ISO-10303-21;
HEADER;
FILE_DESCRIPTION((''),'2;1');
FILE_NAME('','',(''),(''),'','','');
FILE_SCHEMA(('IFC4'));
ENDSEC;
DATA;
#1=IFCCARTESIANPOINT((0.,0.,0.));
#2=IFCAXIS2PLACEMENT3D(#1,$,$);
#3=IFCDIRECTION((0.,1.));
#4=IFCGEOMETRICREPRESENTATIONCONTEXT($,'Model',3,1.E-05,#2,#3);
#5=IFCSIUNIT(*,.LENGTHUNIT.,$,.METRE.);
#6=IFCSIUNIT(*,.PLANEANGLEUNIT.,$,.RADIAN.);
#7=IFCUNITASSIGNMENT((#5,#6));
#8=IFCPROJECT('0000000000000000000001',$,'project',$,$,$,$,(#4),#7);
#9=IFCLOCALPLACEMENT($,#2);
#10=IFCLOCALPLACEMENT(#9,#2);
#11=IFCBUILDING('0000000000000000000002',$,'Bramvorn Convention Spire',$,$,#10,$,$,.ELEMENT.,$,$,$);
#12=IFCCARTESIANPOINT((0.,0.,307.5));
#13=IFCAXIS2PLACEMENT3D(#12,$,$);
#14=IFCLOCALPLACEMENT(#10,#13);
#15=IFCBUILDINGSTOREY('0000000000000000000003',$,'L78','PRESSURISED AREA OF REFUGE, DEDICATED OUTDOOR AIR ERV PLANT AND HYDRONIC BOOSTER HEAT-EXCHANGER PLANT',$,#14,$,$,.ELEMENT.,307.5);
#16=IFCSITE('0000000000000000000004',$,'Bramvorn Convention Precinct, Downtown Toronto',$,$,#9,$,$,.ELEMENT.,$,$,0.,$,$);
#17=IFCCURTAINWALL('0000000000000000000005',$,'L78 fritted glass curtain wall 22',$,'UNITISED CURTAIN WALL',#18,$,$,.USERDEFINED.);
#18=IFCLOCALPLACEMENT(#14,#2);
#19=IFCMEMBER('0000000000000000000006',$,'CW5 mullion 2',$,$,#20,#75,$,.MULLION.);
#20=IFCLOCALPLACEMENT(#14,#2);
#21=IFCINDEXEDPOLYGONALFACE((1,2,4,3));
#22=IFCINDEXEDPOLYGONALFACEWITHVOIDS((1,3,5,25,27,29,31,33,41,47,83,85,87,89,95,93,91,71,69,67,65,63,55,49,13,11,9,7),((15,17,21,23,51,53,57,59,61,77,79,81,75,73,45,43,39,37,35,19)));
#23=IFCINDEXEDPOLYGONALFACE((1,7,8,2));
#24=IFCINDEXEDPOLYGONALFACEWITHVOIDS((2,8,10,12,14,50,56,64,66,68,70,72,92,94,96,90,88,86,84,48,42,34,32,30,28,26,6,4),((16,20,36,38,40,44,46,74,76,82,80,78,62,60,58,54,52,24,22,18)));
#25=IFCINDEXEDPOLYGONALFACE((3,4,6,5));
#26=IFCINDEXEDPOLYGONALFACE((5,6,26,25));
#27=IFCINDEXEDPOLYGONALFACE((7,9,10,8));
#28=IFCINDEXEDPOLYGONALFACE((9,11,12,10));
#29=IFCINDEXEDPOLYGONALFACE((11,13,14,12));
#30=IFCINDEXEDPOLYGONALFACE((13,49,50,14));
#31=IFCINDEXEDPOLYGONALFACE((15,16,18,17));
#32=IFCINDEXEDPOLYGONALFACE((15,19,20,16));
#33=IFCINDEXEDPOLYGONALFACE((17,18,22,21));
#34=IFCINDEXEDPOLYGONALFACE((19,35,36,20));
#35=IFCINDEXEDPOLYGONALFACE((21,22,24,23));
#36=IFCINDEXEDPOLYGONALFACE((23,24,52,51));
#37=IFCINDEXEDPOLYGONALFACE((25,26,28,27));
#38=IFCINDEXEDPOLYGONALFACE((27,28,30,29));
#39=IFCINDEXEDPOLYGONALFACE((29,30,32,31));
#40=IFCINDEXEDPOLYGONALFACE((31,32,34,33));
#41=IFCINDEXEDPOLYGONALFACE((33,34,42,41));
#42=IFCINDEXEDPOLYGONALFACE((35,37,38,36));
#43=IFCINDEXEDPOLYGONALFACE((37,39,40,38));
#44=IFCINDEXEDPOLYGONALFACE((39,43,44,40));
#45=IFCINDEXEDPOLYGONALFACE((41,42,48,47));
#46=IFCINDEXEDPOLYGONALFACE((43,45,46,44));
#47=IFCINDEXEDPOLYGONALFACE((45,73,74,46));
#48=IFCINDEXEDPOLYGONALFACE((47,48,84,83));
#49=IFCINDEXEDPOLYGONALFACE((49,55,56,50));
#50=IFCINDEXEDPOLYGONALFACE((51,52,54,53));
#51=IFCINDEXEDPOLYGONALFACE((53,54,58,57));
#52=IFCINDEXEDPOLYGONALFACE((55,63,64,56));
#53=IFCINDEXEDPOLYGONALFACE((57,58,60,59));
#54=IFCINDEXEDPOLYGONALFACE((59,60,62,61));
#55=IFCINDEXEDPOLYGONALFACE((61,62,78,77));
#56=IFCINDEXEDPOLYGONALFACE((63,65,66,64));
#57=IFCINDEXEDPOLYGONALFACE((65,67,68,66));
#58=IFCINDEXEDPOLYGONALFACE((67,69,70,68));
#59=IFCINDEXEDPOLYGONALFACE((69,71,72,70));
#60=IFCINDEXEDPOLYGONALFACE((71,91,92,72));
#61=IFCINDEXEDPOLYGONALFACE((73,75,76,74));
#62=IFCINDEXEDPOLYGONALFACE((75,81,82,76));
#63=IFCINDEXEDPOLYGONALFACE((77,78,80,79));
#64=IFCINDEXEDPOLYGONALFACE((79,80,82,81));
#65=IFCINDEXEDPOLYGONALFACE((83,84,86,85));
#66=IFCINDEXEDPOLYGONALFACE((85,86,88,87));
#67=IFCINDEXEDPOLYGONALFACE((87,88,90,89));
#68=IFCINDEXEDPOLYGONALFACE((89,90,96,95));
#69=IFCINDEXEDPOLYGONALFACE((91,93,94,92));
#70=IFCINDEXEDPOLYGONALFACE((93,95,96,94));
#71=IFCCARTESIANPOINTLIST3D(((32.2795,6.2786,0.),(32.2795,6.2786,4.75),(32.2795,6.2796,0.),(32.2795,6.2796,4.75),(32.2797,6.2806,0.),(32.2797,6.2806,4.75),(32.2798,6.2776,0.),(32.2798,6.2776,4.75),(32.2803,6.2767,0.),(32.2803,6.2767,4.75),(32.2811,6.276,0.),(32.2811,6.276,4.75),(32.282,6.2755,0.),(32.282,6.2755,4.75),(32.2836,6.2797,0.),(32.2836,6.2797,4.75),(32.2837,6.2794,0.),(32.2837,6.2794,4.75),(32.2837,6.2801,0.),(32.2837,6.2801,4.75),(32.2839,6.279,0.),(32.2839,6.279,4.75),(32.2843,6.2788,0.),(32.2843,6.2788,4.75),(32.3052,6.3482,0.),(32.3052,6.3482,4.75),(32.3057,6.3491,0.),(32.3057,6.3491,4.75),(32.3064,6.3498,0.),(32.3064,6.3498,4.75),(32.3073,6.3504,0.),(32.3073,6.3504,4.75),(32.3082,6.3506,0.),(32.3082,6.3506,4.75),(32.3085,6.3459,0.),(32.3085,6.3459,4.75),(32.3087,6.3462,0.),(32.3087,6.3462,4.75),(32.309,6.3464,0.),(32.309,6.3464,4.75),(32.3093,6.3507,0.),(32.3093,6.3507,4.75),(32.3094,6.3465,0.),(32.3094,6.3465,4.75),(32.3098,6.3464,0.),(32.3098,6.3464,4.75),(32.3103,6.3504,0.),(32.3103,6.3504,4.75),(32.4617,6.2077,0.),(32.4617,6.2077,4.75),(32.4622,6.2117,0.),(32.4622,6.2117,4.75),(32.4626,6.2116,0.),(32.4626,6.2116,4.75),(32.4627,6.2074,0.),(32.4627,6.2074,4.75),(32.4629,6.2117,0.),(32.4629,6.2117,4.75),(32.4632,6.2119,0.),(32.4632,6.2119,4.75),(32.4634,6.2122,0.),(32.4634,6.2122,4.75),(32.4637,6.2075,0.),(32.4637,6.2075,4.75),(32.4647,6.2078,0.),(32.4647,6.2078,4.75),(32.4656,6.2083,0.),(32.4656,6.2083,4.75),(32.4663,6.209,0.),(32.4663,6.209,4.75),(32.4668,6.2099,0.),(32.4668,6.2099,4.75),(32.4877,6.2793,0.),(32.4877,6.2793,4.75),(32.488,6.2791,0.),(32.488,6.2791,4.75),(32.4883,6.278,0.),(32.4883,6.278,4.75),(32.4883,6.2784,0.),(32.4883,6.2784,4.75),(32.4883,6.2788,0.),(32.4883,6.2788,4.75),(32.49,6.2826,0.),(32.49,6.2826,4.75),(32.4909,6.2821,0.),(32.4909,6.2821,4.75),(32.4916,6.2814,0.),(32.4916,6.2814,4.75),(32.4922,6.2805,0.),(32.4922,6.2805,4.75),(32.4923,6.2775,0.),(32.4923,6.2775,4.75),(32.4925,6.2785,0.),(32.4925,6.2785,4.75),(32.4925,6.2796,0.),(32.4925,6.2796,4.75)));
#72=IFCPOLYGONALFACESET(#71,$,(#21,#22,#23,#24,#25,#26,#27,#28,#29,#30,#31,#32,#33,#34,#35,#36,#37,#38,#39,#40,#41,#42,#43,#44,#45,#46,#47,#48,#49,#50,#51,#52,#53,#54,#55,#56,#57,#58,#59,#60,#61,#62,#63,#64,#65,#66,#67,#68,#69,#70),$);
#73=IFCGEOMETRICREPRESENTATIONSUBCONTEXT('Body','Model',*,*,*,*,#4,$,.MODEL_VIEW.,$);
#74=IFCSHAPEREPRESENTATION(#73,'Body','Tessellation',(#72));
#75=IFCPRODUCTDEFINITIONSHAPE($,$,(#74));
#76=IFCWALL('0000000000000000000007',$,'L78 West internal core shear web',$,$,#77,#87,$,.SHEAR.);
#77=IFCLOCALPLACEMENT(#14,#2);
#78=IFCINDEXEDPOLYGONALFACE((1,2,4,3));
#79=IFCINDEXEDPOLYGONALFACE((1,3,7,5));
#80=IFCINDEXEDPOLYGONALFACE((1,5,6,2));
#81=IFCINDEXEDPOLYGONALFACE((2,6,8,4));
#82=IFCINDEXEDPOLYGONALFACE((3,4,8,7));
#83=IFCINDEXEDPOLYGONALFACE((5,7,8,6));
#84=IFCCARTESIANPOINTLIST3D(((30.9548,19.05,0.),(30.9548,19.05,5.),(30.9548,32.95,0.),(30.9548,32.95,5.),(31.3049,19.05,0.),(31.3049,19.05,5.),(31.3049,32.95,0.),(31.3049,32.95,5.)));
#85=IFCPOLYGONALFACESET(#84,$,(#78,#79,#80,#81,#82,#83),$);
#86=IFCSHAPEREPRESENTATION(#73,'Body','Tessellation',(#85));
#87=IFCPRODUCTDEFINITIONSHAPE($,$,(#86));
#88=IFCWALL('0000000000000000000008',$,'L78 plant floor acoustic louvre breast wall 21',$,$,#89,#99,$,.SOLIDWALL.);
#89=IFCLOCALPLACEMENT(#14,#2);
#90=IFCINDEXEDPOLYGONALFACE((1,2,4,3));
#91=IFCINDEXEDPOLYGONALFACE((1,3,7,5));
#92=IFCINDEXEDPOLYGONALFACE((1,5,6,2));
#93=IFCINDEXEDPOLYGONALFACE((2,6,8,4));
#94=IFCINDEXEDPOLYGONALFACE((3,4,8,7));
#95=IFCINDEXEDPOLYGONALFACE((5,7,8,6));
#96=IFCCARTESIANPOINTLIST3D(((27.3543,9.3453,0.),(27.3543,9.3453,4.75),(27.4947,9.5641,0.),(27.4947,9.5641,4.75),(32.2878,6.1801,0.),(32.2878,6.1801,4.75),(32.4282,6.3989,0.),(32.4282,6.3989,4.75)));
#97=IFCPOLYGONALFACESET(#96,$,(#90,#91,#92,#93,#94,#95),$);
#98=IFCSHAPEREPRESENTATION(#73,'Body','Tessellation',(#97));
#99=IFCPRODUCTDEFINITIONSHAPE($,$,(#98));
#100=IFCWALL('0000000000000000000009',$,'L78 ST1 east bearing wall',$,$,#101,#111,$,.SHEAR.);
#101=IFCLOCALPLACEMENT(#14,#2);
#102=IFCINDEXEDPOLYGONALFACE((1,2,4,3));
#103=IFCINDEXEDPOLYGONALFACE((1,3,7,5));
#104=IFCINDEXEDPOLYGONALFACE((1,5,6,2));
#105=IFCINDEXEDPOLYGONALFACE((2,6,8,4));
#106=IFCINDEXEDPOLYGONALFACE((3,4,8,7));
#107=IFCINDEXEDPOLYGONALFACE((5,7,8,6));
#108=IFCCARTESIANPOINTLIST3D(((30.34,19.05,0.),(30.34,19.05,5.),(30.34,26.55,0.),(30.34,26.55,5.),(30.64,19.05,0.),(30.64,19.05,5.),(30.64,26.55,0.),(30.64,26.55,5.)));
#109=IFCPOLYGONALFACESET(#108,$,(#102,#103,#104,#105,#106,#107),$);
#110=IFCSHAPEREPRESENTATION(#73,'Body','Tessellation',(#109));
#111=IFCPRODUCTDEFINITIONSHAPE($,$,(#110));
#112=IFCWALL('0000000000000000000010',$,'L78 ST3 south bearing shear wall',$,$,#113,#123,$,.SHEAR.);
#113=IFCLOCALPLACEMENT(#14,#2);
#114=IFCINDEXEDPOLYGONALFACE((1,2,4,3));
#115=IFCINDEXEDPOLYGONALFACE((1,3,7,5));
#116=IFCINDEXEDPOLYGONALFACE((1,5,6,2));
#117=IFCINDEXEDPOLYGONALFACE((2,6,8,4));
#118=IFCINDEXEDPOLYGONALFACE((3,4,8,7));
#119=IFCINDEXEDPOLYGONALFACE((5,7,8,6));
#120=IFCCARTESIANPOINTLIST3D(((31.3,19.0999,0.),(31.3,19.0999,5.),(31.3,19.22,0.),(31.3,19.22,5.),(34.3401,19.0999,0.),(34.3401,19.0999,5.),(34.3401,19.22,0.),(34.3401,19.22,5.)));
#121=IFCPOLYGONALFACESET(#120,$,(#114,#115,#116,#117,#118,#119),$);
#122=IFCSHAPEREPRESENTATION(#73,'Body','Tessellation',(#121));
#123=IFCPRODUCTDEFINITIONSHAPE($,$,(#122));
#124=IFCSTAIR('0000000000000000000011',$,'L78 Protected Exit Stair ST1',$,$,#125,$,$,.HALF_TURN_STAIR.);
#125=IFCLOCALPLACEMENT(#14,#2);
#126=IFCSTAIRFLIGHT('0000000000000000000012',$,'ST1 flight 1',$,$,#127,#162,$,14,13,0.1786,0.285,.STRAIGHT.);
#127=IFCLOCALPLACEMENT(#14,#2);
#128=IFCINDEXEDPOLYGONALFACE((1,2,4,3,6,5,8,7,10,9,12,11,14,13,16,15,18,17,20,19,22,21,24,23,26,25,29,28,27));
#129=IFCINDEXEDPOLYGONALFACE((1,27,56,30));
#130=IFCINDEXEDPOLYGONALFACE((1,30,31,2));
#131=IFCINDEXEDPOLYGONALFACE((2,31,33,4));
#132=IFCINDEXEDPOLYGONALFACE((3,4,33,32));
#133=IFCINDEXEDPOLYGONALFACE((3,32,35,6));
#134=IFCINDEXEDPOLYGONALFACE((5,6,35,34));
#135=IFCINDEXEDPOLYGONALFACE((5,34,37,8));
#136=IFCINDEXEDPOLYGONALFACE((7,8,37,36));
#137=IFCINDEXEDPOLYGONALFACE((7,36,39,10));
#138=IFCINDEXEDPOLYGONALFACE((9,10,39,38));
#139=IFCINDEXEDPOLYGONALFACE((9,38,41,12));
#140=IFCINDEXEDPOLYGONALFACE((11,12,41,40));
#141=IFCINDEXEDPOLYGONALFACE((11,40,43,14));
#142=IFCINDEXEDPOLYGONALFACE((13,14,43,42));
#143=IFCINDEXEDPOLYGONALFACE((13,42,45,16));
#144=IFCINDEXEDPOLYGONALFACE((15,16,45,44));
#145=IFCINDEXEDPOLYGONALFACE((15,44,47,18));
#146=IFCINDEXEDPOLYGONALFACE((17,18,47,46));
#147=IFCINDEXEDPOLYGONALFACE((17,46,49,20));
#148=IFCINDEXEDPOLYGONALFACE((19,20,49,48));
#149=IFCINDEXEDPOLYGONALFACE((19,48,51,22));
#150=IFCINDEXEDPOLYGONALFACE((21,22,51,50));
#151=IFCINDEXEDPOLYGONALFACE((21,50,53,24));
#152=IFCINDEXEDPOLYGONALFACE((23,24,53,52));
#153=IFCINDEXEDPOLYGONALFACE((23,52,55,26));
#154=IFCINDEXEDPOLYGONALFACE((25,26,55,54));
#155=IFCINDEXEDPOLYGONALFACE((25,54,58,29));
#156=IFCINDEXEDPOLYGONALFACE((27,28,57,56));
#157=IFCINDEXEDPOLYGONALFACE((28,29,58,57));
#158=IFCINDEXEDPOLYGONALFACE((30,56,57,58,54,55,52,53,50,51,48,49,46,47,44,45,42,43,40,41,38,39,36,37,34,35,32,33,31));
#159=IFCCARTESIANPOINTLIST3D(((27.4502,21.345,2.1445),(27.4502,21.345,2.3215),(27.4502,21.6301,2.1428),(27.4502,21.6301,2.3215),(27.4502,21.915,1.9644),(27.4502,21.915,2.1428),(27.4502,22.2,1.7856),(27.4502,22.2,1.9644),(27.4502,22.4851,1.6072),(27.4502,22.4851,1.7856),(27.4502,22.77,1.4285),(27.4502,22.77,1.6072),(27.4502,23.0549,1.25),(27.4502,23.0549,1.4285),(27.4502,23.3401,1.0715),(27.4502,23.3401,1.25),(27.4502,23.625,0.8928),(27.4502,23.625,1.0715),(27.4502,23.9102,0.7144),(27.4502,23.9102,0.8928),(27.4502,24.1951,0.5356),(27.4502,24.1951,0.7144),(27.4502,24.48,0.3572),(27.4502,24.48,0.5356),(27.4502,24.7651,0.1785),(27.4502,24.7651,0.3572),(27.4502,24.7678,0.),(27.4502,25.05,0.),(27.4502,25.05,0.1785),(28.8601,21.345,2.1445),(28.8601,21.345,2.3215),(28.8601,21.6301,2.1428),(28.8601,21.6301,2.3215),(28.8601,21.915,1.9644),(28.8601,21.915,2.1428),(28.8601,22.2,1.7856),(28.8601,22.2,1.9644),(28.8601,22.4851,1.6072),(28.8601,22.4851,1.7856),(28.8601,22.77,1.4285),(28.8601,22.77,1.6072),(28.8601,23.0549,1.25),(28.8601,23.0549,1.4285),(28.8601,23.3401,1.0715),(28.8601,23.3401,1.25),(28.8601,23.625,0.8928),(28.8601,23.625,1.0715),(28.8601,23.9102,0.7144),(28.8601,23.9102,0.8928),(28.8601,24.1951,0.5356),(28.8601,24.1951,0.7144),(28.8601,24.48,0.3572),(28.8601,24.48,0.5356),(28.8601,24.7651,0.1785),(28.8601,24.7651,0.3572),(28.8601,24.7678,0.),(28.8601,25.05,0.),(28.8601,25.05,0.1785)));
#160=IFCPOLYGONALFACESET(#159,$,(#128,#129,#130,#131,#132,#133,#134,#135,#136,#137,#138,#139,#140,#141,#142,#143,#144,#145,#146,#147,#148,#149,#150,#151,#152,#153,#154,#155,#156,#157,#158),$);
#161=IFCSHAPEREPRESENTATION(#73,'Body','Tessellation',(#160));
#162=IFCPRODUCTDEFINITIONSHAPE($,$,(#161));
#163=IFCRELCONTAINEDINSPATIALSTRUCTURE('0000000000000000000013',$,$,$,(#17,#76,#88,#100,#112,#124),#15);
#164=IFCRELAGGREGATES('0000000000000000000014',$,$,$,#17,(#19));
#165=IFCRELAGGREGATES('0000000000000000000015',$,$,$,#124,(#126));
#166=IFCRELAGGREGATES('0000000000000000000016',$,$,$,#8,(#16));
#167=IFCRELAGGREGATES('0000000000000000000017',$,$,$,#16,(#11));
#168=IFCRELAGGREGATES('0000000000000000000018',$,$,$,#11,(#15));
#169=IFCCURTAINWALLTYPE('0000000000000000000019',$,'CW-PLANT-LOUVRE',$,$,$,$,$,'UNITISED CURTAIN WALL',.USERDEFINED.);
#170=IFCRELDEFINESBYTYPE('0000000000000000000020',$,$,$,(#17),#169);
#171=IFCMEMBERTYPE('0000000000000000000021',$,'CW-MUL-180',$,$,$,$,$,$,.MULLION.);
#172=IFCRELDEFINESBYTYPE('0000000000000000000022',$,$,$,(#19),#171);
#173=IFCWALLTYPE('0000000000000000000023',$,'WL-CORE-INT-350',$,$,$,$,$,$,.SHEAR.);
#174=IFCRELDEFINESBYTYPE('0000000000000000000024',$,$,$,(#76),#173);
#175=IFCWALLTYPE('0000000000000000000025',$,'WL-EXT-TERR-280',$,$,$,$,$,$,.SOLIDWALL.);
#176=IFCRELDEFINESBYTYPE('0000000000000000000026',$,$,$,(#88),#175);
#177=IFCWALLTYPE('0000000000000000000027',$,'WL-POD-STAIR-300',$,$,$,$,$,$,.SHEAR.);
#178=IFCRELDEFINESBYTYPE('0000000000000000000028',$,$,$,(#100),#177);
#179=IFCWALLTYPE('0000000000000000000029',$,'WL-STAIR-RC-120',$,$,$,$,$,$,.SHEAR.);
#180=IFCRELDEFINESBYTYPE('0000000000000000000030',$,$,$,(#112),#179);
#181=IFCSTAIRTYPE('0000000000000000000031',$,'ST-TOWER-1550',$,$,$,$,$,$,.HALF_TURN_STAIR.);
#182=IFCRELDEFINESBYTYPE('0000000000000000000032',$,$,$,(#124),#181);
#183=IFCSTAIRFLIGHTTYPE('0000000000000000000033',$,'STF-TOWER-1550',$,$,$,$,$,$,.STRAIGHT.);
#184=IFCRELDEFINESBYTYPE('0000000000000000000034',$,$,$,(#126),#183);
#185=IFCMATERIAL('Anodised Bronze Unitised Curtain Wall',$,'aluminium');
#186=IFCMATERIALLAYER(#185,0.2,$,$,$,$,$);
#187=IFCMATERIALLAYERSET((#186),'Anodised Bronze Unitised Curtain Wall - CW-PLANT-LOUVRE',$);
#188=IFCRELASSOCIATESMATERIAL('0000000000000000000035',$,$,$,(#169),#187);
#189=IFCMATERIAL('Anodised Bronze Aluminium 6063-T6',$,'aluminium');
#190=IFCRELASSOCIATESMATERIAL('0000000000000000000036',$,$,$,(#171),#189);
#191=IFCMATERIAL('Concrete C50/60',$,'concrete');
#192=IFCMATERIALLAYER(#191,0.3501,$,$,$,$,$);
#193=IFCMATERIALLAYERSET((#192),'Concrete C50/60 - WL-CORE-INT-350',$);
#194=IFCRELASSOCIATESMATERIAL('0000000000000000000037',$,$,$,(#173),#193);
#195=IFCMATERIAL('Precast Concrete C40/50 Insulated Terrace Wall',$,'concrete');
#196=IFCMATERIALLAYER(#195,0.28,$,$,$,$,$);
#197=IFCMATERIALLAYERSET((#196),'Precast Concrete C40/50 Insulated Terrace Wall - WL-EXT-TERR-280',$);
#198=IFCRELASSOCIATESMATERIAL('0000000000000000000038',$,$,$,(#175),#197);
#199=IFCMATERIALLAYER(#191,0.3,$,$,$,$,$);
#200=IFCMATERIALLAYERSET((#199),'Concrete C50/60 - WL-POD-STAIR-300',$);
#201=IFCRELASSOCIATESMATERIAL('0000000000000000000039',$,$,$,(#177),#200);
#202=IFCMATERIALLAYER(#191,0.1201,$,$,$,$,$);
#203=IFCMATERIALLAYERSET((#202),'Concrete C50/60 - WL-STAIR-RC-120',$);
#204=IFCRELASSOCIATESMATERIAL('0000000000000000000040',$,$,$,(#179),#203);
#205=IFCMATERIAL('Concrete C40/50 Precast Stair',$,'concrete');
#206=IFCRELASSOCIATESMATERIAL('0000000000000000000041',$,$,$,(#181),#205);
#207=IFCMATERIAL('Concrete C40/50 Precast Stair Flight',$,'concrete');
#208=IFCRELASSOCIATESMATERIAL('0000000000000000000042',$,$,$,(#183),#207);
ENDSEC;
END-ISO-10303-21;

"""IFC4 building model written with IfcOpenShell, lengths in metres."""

from ifc_helpers import new_model, si_unit, direction, frame, frame_2d, origin, origin_2d, place, context, subcontext, project, spatial, polyline, rectangle, hollow_rectangle, outline, extrude, material, layer, layer_set, material_profile, profile_set, type_object, element, aggregate, save


model = new_model("IFC4")

# Units and contexts
model_context = context("Model", 3, precision=1e-05, world=origin(), true_north=direction((0.0, 1.0)))
body_context = subcontext(model_context, "Body", "Model", "MODEL_VIEW")
ifc_project = project(units=[si_unit("LENGTHUNIT", "METRE"), si_unit("PLANEANGLEUNIT", "RADIAN")], contexts=[model_context])

# Site, building, storey
site_placement = place(None, origin())
site = spatial("IfcSite", under=ifc_project, at=site_placement, Name="Bramvorn Convention Precinct, Downtown Toronto", CompositionType="ELEMENT", RefElevation=0.0)
building_placement = place(site_placement, origin())
building = spatial("IfcBuilding", under=site, at=building_placement, Name="Bramvorn Convention Spire", CompositionType="ELEMENT")
storey_placement = place(building_placement, frame((0.0, 0.0, 307.5)))
storey = spatial("IfcBuildingStorey", under=building, at=storey_placement, Name="L78", Description="PRESSURISED AREA OF REFUGE, DEDICATED OUTDOOR AIR ERV PLANT AND HYDRONIC BOOSTER HEAT-EXCHANGER PLANT", CompositionType="ELEMENT", Elevation=307.5)

# Curtain wall, member
ifc_material_1 = material(Name="Anodised Bronze Unitised Curtain Wall", Category="aluminium")
ifc_layer_1 = layer(ifc_material_1, 0.2)
ifc_layer_set_1 = layer_set([ifc_layer_1], Name="Anodised Bronze Unitised Curtain Wall - CW-PLANT-LOUVRE")
curtain_wall_type = type_object("IfcCurtainWallType", Name="CW-PLANT-LOUVRE", ElementType="UNITISED CURTAIN WALL", PredefinedType="USERDEFINED", material=ifc_layer_set_1)
ifc_material_2 = material(Name="Anodised Bronze Aluminium 6063-T6", Category="aluminium")
ifc_material_profile_1 = material_profile(ifc_material_2, hollow_rectangle(XDim=0.0801, YDim=0.2, WallThickness=0.0039, InnerFilletRadius=0.001, OuterFilletRadius=0.0039, at=origin_2d()))
ifc_profile_set_1 = profile_set([ifc_material_profile_1], Name="Anodised Bronze Aluminium 6063-T6 - CWM80X200")
member_type = type_object("IfcMemberType", Name="CW-MUL-180", PredefinedType="MULLION", material=ifc_profile_set_1)
curtain_wall_1_placement = place(storey_placement, origin())
curtain_wall_1 = element("IfcCurtainWall", 1, at=curtain_wall_1_placement, inside=storey, type_object=curtain_wall_type, Name="L78 fritted glass curtain wall 22", ObjectType="UNITISED CURTAIN WALL", PredefinedType="USERDEFINED")
member_1_placement = place(storey_placement, frame((32.386, 6.2791, 0.0), z_axis=(0.0, 0.0, 1.0), x_axis=(-0.353265, -0.935523, 0.0)))
member_1 = element("IfcMember", 2, at=member_1_placement, type_object=member_type, Name="CW5 mullion 2", PredefinedType="MULLION", context=body_context, shape_type="SweptSolid", body=[
    extrude(hollow_rectangle(XDim=0.0801, YDim=0.2, WallThickness=0.0039, InnerFilletRadius=0.001, OuterFilletRadius=0.0039, at=origin_2d()), origin(), (0.0, 0.0, 1.0), 4.75),
])
aggregate(curtain_wall_1, [member_1])

# Walls
ifc_material_3 = material(Name="Concrete C50/60", Category="concrete")
ifc_layer_2 = layer(ifc_material_3, 0.3501)
ifc_layer_set_2 = layer_set([ifc_layer_2], Name="Concrete C50/60 - WL-CORE-INT-350")
wall_type_1 = type_object("IfcWallType", Name="WL-CORE-INT-350", PredefinedType="SHEAR", material=ifc_layer_set_2)
wall_1_placement = place(storey_placement, frame((31.1299, 19.05, 0.0), z_axis=(0.0, 0.0, 1.0), x_axis=(0.0, 1.0, 0.0)))
element("IfcWall", 3, at=wall_1_placement, inside=storey, type_object=wall_type_1, Name="L78 West internal core shear web", PredefinedType="SHEAR", context=body_context, shape_type="SweptSolid", body=[
    extrude(rectangle(XDim=13.8999, YDim=0.3501, at=frame_2d((6.95, 0.0))), origin(), (0.0, 0.0, 1.0), 5.0),
])
ifc_material_4 = material(Name="Precast Concrete C40/50 Insulated Terrace Wall", Category="concrete")
ifc_layer_3 = layer(ifc_material_4, 0.28)
ifc_layer_set_3 = layer_set([ifc_layer_3], Name="Precast Concrete C40/50 Insulated Terrace Wall - WL-EXT-TERR-280")
wall_type_2 = type_object("IfcWallType", Name="WL-EXT-TERR-280", PredefinedType="SOLIDWALL", material=ifc_layer_set_3)
wall_2_placement = place(storey_placement, frame((32.3579, 6.2896, 0.0), z_axis=(0.0, 0.0, 1.0), x_axis=(-0.841668, 0.539995, 0.0)))
element("IfcWall", 4, at=wall_2_placement, inside=storey, type_object=wall_type_2, Name="L78 plant floor acoustic louvre breast wall 21", PredefinedType="SOLIDWALL", context=body_context, shape_type="SweptSolid", body=[
    extrude(rectangle(XDim=5.8616, YDim=0.26, at=frame_2d((2.9307, 0.0))), origin(), (0.0, 0.0, 1.0), 4.75),
])
ifc_layer_4 = layer(ifc_material_3, 0.3)
ifc_layer_set_4 = layer_set([ifc_layer_4], Name="Concrete C50/60 - WL-POD-STAIR-300")
wall_type_3 = type_object("IfcWallType", Name="WL-POD-STAIR-300", PredefinedType="SHEAR", material=ifc_layer_set_4)
wall_3_placement = place(storey_placement, frame((30.49, 19.05, 0.0), z_axis=(0.0, 0.0, 1.0), x_axis=(0.0, 1.0, 0.0)))
element("IfcWall", 5, at=wall_3_placement, inside=storey, type_object=wall_type_3, Name="L78 ST1 east bearing wall", PredefinedType="SHEAR", context=body_context, shape_type="SweptSolid", body=[
    extrude(rectangle(XDim=7.5, YDim=0.3, at=frame_2d((3.75, 0.0))), origin(), (0.0, 0.0, 1.0), 5.0),
])
ifc_layer_5 = layer(ifc_material_3, 0.1201)
ifc_layer_set_5 = layer_set([ifc_layer_5], Name="Concrete C50/60 - WL-STAIR-RC-120")
wall_type_4 = type_object("IfcWallType", Name="WL-STAIR-RC-120", PredefinedType="SHEAR", material=ifc_layer_set_5)
wall_4_placement = place(storey_placement, frame((31.3, 19.1599, 0.0), z_axis=(0.0, 0.0, 1.0), x_axis=(1.0, 0.0, 0.0)))
element("IfcWall", 6, at=wall_4_placement, inside=storey, type_object=wall_type_4, Name="L78 ST3 south bearing shear wall", PredefinedType="SHEAR", context=body_context, shape_type="SweptSolid", body=[
    extrude(rectangle(XDim=3.04, YDim=0.1201, at=frame_2d((1.52, 0.0))), origin(), (0.0, 0.0, 1.0), 5.0),
])

# Stair, stair flight
ifc_material_5 = material(Name="Concrete C40/50 Precast Stair", Category="concrete")
stair_type = type_object("IfcStairType", Name="ST-TOWER-1550", PredefinedType="HALF_TURN_STAIR", material=ifc_material_5)
stair_1_placement = place(storey_placement, origin())
stair_1 = element("IfcStair", 7, at=stair_1_placement, inside=storey, type_object=stair_type, Name="L78 Protected Exit Stair ST1", PredefinedType="HALF_TURN_STAIR")
ifc_material_6 = material(Name="Concrete C40/50 Precast Stair Flight", Category="concrete")
stair_flight_type = type_object("IfcStairFlightType", Name="STF-TOWER-1550", PredefinedType="STRAIGHT", material=ifc_material_6)
stair_flight_1_placement = place(storey_placement, frame((28.155, 25.05, 0.0), z_axis=(0.0, 0.0, 1.0), x_axis=(0.0, -1.0, 0.0)))
stair_flight_1 = element("IfcStairFlight", 8, at=stair_flight_1_placement, type_object=stair_flight_type, Name="ST1 flight 1", NumberOfRisers=14, NumberOfTreads=13, PredefinedType="STRAIGHT", RiserHeight=0.1786, TreadLength=0.285, context=body_context, shape_type="SweptSolid", body=[
    extrude(outline(polyline([(0.0, 0.0), (0.0, 0.1785), (0.2849, 0.1785), (0.2849, 0.3572), (0.5701, 0.3572), (0.5701, 0.5356), (0.855, 0.5356), (0.855, 0.7144), (1.1399, 0.7144), (1.1399, 0.8928), (1.425, 0.8928), (1.425, 1.0715), (1.71, 1.0715), (1.71, 1.25), (1.9951, 1.25), (1.9951, 1.4285), (2.28, 1.4285), (2.28, 1.6072), (2.5649, 1.6072), (2.5649, 1.7856), (2.8501, 1.7856), (2.8501, 1.9644), (3.135, 1.9644), (3.135, 2.1428), (3.4199, 2.1428), (3.4199, 2.3215), (3.7051, 2.3215), (3.7051, 2.5), (3.7051, 2.1445), (0.2822, 0.0), (0.0, 0.0)])), frame((0.0, 0.7051, 0.0), z_axis=(0.0, -1.0, 0.0), x_axis=(1.0, 0.0, 0.0)), (0.0, 0.0, 1.0), 1.4099),
])
aggregate(stair_1, [stair_flight_1])

save(model, "model.ifc")
